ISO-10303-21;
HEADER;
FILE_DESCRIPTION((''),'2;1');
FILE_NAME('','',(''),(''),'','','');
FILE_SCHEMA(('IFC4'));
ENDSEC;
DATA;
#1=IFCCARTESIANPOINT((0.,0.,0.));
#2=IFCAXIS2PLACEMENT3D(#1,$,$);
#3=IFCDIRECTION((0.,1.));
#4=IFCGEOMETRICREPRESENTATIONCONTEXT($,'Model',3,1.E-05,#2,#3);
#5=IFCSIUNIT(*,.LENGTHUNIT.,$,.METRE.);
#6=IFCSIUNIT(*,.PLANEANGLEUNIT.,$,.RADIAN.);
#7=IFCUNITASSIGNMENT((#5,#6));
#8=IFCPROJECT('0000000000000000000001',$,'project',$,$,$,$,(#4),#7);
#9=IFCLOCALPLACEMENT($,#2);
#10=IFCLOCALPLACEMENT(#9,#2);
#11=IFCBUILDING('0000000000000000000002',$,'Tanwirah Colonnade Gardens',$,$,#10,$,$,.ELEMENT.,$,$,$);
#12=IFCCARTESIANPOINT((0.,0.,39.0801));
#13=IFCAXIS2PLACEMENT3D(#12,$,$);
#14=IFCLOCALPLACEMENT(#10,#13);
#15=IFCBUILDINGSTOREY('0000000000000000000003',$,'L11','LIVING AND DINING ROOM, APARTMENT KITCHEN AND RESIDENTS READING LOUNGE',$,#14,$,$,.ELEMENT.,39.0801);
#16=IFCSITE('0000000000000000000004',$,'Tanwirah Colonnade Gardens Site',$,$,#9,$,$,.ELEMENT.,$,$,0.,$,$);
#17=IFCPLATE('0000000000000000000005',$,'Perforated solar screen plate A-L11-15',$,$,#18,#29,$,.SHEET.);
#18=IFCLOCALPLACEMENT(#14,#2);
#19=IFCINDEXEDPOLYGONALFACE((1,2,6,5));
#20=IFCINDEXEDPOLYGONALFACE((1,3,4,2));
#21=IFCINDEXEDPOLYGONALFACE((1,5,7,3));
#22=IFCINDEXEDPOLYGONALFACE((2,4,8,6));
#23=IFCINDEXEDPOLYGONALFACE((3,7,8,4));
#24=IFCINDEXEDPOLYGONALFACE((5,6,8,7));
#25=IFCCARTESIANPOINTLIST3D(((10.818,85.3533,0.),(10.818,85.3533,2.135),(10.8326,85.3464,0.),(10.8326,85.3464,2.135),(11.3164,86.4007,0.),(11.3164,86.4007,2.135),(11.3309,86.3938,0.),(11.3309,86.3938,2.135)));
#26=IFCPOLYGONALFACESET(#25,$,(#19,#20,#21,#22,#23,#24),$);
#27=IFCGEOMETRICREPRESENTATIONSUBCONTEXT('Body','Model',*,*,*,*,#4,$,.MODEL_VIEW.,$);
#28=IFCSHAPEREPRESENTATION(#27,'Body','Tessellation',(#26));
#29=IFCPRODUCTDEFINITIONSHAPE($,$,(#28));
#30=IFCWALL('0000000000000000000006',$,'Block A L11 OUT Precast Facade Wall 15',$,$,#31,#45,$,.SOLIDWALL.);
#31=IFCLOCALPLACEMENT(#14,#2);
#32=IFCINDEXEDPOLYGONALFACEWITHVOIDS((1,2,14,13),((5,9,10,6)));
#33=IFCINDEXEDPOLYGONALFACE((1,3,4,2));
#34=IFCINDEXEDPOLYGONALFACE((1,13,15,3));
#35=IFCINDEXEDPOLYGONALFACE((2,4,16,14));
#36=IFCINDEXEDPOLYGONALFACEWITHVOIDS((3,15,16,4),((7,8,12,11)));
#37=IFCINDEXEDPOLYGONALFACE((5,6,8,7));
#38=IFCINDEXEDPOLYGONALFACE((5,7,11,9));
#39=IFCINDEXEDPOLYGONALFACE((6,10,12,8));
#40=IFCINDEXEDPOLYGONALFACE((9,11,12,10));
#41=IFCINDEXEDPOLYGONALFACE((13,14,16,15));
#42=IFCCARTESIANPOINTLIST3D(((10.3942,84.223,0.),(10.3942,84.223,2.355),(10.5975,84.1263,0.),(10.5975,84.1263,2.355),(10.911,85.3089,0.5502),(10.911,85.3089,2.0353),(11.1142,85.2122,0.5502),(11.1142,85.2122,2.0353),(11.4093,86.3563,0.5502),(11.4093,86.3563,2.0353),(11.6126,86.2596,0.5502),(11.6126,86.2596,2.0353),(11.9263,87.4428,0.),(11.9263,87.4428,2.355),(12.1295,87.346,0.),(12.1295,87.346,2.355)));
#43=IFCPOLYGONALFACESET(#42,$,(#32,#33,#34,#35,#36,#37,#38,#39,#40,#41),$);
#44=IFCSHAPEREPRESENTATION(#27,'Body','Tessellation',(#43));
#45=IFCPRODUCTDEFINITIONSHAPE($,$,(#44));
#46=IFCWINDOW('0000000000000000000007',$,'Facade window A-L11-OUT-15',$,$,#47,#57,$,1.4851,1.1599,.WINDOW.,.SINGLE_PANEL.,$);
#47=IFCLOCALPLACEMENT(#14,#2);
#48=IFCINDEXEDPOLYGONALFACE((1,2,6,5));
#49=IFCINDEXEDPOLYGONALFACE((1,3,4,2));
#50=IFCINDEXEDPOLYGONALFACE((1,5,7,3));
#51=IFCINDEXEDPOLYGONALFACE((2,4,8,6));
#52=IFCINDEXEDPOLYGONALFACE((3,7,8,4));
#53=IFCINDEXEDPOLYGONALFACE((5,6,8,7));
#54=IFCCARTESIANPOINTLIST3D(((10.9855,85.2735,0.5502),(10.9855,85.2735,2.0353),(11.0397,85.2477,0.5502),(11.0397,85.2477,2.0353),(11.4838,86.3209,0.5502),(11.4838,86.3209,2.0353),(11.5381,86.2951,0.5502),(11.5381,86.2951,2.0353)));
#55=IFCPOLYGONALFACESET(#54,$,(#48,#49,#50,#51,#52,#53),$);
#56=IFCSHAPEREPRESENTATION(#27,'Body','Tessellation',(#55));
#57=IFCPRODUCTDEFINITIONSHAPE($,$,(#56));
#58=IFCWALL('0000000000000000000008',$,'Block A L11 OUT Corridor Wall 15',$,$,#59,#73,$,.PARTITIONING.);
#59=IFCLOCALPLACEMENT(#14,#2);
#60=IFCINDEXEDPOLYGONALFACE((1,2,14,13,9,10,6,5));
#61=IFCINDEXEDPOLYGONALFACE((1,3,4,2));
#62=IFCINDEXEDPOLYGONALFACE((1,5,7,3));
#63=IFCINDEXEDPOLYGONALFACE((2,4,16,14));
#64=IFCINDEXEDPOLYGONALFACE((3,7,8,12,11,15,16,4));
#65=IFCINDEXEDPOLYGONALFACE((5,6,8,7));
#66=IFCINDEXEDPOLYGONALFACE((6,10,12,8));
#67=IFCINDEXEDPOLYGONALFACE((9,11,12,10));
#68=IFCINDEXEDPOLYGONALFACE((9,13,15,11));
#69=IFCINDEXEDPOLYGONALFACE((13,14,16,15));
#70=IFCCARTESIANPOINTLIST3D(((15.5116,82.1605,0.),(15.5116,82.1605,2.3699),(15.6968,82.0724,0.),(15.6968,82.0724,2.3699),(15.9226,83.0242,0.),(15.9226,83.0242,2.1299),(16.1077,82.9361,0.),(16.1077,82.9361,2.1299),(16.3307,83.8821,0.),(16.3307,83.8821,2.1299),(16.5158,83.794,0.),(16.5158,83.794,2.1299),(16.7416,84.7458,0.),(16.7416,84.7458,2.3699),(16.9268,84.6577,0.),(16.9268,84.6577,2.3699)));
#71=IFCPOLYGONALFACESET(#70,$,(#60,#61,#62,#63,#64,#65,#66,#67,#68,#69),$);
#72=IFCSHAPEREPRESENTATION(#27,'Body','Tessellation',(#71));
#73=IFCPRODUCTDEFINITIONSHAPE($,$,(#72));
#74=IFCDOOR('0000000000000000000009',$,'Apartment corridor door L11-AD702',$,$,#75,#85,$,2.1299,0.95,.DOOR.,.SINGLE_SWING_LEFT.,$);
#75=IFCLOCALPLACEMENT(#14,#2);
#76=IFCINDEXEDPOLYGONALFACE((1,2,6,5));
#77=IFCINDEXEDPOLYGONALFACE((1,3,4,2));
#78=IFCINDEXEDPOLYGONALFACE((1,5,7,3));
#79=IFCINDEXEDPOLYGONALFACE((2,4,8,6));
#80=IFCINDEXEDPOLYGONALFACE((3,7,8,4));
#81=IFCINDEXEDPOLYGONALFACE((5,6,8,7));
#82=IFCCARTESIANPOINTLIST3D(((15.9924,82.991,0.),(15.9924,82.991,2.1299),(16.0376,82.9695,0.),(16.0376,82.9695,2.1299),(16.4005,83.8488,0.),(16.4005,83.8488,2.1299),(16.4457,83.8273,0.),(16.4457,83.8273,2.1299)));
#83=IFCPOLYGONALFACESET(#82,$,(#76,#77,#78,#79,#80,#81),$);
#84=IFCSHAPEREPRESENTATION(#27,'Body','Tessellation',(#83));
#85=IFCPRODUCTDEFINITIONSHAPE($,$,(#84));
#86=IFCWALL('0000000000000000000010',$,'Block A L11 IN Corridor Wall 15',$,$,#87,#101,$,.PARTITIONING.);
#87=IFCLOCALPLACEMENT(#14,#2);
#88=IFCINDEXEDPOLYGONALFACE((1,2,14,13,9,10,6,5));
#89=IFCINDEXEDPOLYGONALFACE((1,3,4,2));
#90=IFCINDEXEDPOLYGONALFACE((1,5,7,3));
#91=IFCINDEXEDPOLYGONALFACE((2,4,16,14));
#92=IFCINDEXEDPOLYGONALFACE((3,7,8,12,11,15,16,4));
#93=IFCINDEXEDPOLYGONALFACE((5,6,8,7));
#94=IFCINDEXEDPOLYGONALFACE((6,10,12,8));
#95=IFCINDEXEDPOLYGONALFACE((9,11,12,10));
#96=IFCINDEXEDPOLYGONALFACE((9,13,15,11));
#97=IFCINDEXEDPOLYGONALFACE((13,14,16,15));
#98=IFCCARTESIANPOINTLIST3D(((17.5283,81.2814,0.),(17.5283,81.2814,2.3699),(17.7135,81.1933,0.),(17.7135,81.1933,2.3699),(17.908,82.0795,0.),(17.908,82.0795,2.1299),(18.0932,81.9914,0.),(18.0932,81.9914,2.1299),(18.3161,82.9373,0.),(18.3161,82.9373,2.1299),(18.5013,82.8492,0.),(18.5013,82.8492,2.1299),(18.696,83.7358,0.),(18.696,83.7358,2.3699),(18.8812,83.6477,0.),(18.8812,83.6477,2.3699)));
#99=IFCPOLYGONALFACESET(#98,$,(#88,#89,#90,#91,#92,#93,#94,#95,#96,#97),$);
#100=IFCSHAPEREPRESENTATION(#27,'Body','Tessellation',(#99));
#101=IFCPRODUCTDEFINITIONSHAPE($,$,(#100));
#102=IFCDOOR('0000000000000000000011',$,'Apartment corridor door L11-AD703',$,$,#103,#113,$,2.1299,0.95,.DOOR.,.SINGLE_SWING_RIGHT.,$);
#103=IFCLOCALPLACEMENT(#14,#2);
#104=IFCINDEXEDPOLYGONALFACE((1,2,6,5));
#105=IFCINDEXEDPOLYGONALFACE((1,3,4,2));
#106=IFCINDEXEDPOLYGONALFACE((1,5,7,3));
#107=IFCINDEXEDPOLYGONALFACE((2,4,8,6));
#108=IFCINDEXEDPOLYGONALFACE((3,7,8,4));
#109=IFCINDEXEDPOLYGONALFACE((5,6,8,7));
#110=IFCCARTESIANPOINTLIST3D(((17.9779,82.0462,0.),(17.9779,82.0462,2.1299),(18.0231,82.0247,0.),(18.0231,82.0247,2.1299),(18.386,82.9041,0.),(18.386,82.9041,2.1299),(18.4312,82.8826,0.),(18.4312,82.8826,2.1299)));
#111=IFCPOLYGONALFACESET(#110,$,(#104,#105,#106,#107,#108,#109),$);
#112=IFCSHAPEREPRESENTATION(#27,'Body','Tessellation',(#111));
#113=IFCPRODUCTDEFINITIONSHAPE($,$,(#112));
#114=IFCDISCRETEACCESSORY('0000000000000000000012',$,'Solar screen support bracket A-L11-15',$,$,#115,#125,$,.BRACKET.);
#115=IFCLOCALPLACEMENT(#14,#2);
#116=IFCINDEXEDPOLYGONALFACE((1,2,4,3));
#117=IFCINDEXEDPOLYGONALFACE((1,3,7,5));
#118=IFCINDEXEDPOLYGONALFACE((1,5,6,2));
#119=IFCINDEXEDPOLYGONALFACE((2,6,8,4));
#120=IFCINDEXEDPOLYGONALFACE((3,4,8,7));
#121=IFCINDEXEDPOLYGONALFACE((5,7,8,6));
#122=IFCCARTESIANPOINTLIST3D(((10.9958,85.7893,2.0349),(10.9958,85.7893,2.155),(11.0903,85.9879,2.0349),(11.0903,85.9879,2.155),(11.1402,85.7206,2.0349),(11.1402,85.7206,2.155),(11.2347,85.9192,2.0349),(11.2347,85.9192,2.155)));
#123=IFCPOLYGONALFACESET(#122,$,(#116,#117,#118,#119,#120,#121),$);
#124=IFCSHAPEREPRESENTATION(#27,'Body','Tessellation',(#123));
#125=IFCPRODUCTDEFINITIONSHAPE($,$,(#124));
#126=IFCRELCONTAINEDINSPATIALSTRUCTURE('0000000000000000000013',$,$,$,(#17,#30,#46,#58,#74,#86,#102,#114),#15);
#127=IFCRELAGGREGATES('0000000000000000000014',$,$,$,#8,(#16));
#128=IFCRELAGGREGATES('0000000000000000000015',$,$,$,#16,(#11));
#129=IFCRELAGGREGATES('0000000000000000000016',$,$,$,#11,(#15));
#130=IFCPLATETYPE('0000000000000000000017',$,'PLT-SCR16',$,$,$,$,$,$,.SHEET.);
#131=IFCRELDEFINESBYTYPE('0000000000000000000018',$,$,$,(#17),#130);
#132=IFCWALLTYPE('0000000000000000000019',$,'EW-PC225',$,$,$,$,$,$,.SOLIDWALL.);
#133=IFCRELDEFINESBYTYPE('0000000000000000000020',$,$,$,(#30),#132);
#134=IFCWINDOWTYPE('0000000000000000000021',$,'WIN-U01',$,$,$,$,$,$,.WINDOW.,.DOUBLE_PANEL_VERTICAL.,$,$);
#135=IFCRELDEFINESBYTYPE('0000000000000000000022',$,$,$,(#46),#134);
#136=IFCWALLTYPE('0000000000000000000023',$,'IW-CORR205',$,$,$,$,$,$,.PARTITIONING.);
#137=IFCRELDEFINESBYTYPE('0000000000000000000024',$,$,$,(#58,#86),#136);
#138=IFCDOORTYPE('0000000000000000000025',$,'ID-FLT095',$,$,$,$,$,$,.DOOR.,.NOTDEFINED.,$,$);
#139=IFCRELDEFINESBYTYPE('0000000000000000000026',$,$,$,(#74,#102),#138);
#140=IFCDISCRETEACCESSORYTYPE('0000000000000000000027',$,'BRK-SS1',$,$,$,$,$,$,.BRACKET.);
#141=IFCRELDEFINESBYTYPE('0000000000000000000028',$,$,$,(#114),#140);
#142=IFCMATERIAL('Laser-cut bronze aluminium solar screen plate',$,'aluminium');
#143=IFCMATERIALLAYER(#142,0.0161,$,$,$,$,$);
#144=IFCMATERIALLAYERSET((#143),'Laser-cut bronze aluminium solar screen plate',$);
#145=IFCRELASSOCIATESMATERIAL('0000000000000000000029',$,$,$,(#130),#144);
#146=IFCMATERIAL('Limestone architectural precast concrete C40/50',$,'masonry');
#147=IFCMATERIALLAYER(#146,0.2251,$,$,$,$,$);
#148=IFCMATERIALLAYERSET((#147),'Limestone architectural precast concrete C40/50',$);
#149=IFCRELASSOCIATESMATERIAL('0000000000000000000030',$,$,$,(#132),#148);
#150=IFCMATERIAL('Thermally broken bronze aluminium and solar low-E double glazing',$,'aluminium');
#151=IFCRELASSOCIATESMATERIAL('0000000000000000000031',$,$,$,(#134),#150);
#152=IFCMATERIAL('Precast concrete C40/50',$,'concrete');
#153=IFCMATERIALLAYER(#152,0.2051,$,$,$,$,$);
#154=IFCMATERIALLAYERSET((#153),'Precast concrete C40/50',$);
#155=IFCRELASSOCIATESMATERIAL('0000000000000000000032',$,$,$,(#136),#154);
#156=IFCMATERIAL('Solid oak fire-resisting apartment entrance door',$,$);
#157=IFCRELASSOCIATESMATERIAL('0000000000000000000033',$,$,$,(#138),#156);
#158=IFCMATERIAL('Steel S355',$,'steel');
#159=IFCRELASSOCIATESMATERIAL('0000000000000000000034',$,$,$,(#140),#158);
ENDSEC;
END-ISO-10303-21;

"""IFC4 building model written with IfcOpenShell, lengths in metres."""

from ifc_helpers import new_model, si_unit, direction, frame, frame_2d, origin, origin_2d, place, context, subcontext, project, spatial, rectangle, extrude, material, layer, layer_set, type_object, element, fill, save


model = new_model("IFC4")

# Units and contexts
model_context = context("Model", 3, precision=1e-05, world=origin(), true_north=direction((0.0, 1.0)))
body_context = subcontext(model_context, "Body", "Model", "MODEL_VIEW")
ifc_project = project(units=[si_unit("LENGTHUNIT", "METRE"), si_unit("PLANEANGLEUNIT", "RADIAN")], contexts=[model_context])

# Site, building, storey
site_placement = place(None, origin())
site = spatial("IfcSite", under=ifc_project, at=site_placement, Name="Tanwirah Colonnade Gardens Site", CompositionType="ELEMENT", RefElevation=0.0)
building_placement = place(site_placement, origin())
building = spatial("IfcBuilding", under=site, at=building_placement, Name="Tanwirah Colonnade Gardens", CompositionType="ELEMENT")
storey_placement = place(building_placement, frame((0.0, 0.0, 39.0801)))
storey = spatial("IfcBuildingStorey", under=building, at=storey_placement, Name="L11", Description="LIVING AND DINING ROOM, APARTMENT KITCHEN AND RESIDENTS READING LOUNGE", CompositionType="ELEMENT", Elevation=39.0801)

# Shared definitions
ifc_material_1 = material(Name="Precast concrete C40/50", Category="concrete")

# Plate
ifc_material_2 = material(Name="Laser-cut bronze aluminium solar screen plate", Category="aluminium")
ifc_layer_1 = layer(ifc_material_2, 0.0161)
ifc_layer_set_1 = layer_set([ifc_layer_1], Name="Laser-cut bronze aluminium solar screen plate")
plate_type = type_object("IfcPlateType", Name="PLT-SCR16", PredefinedType="SHEET", material=ifc_layer_set_1)
plate_placement = place(storey_placement, frame((11.0745, 85.8735, 0.0), z_axis=(0.0, 0.0, 1.0), x_axis=(-0.429636, -0.903002, 0.0)))
element("IfcPlate", 1, at=plate_placement, inside=storey, type_object=plate_type, Name="Perforated solar screen plate A-L11-15", PredefinedType="SHEET", context=body_context, shape_type="SweptSolid", body=[
    extrude(rectangle(XDim=1.1599, YDim=0.0161, at=origin_2d()), origin(), (0.0, 0.0, 1.0), 2.135),
])

# Wall, opening, window
ifc_material_3 = material(Name="Limestone architectural precast concrete C40/50", Category="masonry")
ifc_layer_2 = layer(ifc_material_3, 0.2251)
ifc_layer_set_2 = layer_set([ifc_layer_2], Name="Limestone architectural precast concrete C40/50")
wall_type_1 = type_object("IfcWallType", Name="EW-PC225", PredefinedType="SOLIDWALL", material=ifc_layer_set_2)
wall_1_placement = place(storey_placement, frame((12.0278, 87.3943, 0.0), z_axis=(0.0, 0.0, 1.0), x_axis=(-0.429654, -0.902993, 0.0)))
wall_1 = element("IfcWall", 2, at=wall_1_placement, inside=storey, type_object=wall_type_1, Name="Block A L11 OUT Precast Facade Wall 15", PredefinedType="SOLIDWALL", context=body_context, shape_type="SweptSolid", body=[
    extrude(rectangle(XDim=3.5657, YDim=0.2251, at=frame_2d((1.7827, 0.0))), origin(), (0.0, 0.0, 1.0), 2.355),
])
opening_1_placement = place(wall_1_placement, frame((1.2029, 0.0, 0.55)))
opening_1 = element("IfcOpeningElement", 3, at=opening_1_placement, cuts=wall_1, PredefinedType="OPENING", context=body_context, shape_type="SweptSolid", body=[
    extrude(rectangle(XDim=1.1599, YDim=1.4851, at=frame_2d((0.5801, 0.7427))), frame((0.0, 0.1226, 0.0), z_axis=(0.0, -1.0, 0.0), x_axis=(1.0, 0.0, 0.0)), (0.0, 0.0, 1.0), 0.2451),
])
ifc_material_4 = material(Name="Thermally broken bronze aluminium and solar low-E double glazing", Category="aluminium")
window_type = type_object("IfcWindowType", Name="WIN-U01", PartitioningType="DOUBLE_PANEL_VERTICAL", PredefinedType="WINDOW", material=ifc_material_4)
window_placement = place(opening_1_placement, origin())
window = element("IfcWindow", 4, at=window_placement, inside=storey, type_object=window_type, Name="Facade window A-L11-OUT-15", OverallHeight=1.4851, OverallWidth=1.1599, PartitioningType="SINGLE_PANEL", PredefinedType="WINDOW", context=body_context, shape_type="SweptSolid", body=[
    extrude(rectangle(XDim=1.1599, YDim=1.4851, at=frame_2d((0.5801, 0.7427))), frame((0.0, 0.03, 0.0), z_axis=(0.0, -1.0, 0.0), x_axis=(1.0, 0.0, 0.0)), (0.0, 0.0, 1.0), 0.0601),
])
fill(opening_1, window)

# Walls, openings, doors
ifc_layer_3 = layer(ifc_material_1, 0.2051)
ifc_layer_set_3 = layer_set([ifc_layer_3], Name="Precast concrete C40/50")
wall_type_2 = type_object("IfcWallType", Name="IW-CORR205", PredefinedType="PARTITIONING", material=ifc_layer_set_3)
ifc_material_5 = material(Name="Solid oak fire-resisting apartment entrance door")
wall_2_placement = place(storey_placement, frame((16.8342, 84.7019, 0.0), z_axis=(0.0, 0.0, 1.0), x_axis=(-0.429596, -0.903021, 0.0)))
wall_2 = element("IfcWall", 5, at=wall_2_placement, inside=storey, type_object=wall_type_2, Name="Block A L11 OUT Corridor Wall 15", PredefinedType="PARTITIONING", context=body_context, shape_type="SweptSolid", body=[
    extrude(rectangle(XDim=2.863, YDim=0.2051, at=frame_2d((1.4316, 0.0))), origin(), (0.0, 0.0, 1.0), 2.3699),
])
opening_2_placement = place(wall_2_placement, frame((0.9565, 0.0, 0.0)))
opening_2 = element("IfcOpeningElement", 6, at=opening_2_placement, cuts=wall_2, PredefinedType="OPENING", context=body_context, shape_type="SweptSolid", body=[
    extrude(rectangle(XDim=0.95, YDim=2.1299, at=frame_2d((0.4751, 1.0649))), frame((0.0, 0.1125, 0.0), z_axis=(0.0, -1.0, 0.0), x_axis=(1.0, 0.0, 0.0)), (0.0, 0.0, 1.0), 0.2251),
])
door_type_1 = type_object("IfcDoorType", Name="ID-FLT095", OperationType="NOTDEFINED", PredefinedType="DOOR", material=ifc_material_5)
door_1_placement = place(opening_2_placement, origin())
door_1 = element("IfcDoor", 7, at=door_1_placement, inside=storey, type_object=door_type_1, Name="Apartment corridor door L11-AD702", OperationType="SINGLE_SWING_LEFT", OverallHeight=2.1299, OverallWidth=0.95, PredefinedType="DOOR", context=body_context, shape_type="SweptSolid", body=[
    extrude(rectangle(XDim=0.95, YDim=2.1299, at=frame_2d((0.4751, 1.0649))), frame((0.0, 0.0249, 0.0), z_axis=(0.0, -1.0, 0.0), x_axis=(1.0, 0.0, 0.0)), (0.0, 0.0, 1.0), 0.05),
])
fill(opening_2, door_1)
wall_3_placement = place(storey_placement, frame((18.7886, 83.6917, 0.0), z_axis=(0.0, 0.0, 1.0), x_axis=(-0.42963, -0.903005, 0.0)))
wall_3 = element("IfcWall", 8, at=wall_3_placement, inside=storey, type_object=wall_type_2, Name="Block A L11 IN Corridor Wall 15", PredefinedType="PARTITIONING", context=body_context, shape_type="SweptSolid", body=[
    extrude(rectangle(XDim=2.718, YDim=0.2051, at=frame_2d((1.3589, 0.0))), origin(), (0.0, 0.0, 1.0), 2.3699),
])
opening_3_placement = place(wall_3_placement, frame((0.884, 0.0, 0.0)))
opening_3 = element("IfcOpeningElement", 9, at=opening_3_placement, cuts=wall_3, PredefinedType="OPENING", context=body_context, shape_type="SweptSolid", body=[
    extrude(rectangle(XDim=0.95, YDim=2.1299, at=frame_2d((0.4751, 1.0649))), frame((0.0, 0.1125, 0.0), z_axis=(0.0, -1.0, 0.0), x_axis=(1.0, 0.0, 0.0)), (0.0, 0.0, 1.0), 0.2251),
])
door_2_placement = place(opening_3_placement, origin())
door_2 = element("IfcDoor", 10, at=door_2_placement, inside=storey, type_object=door_type_1, Name="Apartment corridor door L11-AD703", OperationType="SINGLE_SWING_RIGHT", OverallHeight=2.1299, OverallWidth=0.95, PredefinedType="DOOR", context=body_context, shape_type="SweptSolid", body=[
    extrude(rectangle(XDim=0.95, YDim=2.1299, at=frame_2d((0.4751, 1.0649))), frame((0.0, 0.0249, 0.0), z_axis=(0.0, -1.0, 0.0), x_axis=(1.0, 0.0, 0.0)), (0.0, 0.0, 1.0), 0.05),
])
fill(opening_3, door_2)

# Discrete accessory
ifc_material_6 = material(Name="Steel S355", Category="steel")
discrete_accessory_type = type_object("IfcDiscreteAccessoryType", Name="BRK-SS1", PredefinedType="BRACKET", material=ifc_material_6)
discrete_accessory_placement = place(storey_placement, frame((11.1152, 85.8542, 2.0349), z_axis=(0.0, 0.0, 1.0), x_axis=(-0.429636, -0.903002, 0.0)))
element("IfcDiscreteAccessory", 11, at=discrete_accessory_placement, inside=storey, type_object=discrete_accessory_type, Name="Solar screen support bracket A-L11-15", PredefinedType="BRACKET", context=body_context, shape_type="SweptSolid", body=[
    extrude(rectangle(XDim=0.22, YDim=0.1599, at=origin_2d()), origin(), (0.0, 0.0, 1.0), 0.1201),
])

save(model, "model.ifc")
